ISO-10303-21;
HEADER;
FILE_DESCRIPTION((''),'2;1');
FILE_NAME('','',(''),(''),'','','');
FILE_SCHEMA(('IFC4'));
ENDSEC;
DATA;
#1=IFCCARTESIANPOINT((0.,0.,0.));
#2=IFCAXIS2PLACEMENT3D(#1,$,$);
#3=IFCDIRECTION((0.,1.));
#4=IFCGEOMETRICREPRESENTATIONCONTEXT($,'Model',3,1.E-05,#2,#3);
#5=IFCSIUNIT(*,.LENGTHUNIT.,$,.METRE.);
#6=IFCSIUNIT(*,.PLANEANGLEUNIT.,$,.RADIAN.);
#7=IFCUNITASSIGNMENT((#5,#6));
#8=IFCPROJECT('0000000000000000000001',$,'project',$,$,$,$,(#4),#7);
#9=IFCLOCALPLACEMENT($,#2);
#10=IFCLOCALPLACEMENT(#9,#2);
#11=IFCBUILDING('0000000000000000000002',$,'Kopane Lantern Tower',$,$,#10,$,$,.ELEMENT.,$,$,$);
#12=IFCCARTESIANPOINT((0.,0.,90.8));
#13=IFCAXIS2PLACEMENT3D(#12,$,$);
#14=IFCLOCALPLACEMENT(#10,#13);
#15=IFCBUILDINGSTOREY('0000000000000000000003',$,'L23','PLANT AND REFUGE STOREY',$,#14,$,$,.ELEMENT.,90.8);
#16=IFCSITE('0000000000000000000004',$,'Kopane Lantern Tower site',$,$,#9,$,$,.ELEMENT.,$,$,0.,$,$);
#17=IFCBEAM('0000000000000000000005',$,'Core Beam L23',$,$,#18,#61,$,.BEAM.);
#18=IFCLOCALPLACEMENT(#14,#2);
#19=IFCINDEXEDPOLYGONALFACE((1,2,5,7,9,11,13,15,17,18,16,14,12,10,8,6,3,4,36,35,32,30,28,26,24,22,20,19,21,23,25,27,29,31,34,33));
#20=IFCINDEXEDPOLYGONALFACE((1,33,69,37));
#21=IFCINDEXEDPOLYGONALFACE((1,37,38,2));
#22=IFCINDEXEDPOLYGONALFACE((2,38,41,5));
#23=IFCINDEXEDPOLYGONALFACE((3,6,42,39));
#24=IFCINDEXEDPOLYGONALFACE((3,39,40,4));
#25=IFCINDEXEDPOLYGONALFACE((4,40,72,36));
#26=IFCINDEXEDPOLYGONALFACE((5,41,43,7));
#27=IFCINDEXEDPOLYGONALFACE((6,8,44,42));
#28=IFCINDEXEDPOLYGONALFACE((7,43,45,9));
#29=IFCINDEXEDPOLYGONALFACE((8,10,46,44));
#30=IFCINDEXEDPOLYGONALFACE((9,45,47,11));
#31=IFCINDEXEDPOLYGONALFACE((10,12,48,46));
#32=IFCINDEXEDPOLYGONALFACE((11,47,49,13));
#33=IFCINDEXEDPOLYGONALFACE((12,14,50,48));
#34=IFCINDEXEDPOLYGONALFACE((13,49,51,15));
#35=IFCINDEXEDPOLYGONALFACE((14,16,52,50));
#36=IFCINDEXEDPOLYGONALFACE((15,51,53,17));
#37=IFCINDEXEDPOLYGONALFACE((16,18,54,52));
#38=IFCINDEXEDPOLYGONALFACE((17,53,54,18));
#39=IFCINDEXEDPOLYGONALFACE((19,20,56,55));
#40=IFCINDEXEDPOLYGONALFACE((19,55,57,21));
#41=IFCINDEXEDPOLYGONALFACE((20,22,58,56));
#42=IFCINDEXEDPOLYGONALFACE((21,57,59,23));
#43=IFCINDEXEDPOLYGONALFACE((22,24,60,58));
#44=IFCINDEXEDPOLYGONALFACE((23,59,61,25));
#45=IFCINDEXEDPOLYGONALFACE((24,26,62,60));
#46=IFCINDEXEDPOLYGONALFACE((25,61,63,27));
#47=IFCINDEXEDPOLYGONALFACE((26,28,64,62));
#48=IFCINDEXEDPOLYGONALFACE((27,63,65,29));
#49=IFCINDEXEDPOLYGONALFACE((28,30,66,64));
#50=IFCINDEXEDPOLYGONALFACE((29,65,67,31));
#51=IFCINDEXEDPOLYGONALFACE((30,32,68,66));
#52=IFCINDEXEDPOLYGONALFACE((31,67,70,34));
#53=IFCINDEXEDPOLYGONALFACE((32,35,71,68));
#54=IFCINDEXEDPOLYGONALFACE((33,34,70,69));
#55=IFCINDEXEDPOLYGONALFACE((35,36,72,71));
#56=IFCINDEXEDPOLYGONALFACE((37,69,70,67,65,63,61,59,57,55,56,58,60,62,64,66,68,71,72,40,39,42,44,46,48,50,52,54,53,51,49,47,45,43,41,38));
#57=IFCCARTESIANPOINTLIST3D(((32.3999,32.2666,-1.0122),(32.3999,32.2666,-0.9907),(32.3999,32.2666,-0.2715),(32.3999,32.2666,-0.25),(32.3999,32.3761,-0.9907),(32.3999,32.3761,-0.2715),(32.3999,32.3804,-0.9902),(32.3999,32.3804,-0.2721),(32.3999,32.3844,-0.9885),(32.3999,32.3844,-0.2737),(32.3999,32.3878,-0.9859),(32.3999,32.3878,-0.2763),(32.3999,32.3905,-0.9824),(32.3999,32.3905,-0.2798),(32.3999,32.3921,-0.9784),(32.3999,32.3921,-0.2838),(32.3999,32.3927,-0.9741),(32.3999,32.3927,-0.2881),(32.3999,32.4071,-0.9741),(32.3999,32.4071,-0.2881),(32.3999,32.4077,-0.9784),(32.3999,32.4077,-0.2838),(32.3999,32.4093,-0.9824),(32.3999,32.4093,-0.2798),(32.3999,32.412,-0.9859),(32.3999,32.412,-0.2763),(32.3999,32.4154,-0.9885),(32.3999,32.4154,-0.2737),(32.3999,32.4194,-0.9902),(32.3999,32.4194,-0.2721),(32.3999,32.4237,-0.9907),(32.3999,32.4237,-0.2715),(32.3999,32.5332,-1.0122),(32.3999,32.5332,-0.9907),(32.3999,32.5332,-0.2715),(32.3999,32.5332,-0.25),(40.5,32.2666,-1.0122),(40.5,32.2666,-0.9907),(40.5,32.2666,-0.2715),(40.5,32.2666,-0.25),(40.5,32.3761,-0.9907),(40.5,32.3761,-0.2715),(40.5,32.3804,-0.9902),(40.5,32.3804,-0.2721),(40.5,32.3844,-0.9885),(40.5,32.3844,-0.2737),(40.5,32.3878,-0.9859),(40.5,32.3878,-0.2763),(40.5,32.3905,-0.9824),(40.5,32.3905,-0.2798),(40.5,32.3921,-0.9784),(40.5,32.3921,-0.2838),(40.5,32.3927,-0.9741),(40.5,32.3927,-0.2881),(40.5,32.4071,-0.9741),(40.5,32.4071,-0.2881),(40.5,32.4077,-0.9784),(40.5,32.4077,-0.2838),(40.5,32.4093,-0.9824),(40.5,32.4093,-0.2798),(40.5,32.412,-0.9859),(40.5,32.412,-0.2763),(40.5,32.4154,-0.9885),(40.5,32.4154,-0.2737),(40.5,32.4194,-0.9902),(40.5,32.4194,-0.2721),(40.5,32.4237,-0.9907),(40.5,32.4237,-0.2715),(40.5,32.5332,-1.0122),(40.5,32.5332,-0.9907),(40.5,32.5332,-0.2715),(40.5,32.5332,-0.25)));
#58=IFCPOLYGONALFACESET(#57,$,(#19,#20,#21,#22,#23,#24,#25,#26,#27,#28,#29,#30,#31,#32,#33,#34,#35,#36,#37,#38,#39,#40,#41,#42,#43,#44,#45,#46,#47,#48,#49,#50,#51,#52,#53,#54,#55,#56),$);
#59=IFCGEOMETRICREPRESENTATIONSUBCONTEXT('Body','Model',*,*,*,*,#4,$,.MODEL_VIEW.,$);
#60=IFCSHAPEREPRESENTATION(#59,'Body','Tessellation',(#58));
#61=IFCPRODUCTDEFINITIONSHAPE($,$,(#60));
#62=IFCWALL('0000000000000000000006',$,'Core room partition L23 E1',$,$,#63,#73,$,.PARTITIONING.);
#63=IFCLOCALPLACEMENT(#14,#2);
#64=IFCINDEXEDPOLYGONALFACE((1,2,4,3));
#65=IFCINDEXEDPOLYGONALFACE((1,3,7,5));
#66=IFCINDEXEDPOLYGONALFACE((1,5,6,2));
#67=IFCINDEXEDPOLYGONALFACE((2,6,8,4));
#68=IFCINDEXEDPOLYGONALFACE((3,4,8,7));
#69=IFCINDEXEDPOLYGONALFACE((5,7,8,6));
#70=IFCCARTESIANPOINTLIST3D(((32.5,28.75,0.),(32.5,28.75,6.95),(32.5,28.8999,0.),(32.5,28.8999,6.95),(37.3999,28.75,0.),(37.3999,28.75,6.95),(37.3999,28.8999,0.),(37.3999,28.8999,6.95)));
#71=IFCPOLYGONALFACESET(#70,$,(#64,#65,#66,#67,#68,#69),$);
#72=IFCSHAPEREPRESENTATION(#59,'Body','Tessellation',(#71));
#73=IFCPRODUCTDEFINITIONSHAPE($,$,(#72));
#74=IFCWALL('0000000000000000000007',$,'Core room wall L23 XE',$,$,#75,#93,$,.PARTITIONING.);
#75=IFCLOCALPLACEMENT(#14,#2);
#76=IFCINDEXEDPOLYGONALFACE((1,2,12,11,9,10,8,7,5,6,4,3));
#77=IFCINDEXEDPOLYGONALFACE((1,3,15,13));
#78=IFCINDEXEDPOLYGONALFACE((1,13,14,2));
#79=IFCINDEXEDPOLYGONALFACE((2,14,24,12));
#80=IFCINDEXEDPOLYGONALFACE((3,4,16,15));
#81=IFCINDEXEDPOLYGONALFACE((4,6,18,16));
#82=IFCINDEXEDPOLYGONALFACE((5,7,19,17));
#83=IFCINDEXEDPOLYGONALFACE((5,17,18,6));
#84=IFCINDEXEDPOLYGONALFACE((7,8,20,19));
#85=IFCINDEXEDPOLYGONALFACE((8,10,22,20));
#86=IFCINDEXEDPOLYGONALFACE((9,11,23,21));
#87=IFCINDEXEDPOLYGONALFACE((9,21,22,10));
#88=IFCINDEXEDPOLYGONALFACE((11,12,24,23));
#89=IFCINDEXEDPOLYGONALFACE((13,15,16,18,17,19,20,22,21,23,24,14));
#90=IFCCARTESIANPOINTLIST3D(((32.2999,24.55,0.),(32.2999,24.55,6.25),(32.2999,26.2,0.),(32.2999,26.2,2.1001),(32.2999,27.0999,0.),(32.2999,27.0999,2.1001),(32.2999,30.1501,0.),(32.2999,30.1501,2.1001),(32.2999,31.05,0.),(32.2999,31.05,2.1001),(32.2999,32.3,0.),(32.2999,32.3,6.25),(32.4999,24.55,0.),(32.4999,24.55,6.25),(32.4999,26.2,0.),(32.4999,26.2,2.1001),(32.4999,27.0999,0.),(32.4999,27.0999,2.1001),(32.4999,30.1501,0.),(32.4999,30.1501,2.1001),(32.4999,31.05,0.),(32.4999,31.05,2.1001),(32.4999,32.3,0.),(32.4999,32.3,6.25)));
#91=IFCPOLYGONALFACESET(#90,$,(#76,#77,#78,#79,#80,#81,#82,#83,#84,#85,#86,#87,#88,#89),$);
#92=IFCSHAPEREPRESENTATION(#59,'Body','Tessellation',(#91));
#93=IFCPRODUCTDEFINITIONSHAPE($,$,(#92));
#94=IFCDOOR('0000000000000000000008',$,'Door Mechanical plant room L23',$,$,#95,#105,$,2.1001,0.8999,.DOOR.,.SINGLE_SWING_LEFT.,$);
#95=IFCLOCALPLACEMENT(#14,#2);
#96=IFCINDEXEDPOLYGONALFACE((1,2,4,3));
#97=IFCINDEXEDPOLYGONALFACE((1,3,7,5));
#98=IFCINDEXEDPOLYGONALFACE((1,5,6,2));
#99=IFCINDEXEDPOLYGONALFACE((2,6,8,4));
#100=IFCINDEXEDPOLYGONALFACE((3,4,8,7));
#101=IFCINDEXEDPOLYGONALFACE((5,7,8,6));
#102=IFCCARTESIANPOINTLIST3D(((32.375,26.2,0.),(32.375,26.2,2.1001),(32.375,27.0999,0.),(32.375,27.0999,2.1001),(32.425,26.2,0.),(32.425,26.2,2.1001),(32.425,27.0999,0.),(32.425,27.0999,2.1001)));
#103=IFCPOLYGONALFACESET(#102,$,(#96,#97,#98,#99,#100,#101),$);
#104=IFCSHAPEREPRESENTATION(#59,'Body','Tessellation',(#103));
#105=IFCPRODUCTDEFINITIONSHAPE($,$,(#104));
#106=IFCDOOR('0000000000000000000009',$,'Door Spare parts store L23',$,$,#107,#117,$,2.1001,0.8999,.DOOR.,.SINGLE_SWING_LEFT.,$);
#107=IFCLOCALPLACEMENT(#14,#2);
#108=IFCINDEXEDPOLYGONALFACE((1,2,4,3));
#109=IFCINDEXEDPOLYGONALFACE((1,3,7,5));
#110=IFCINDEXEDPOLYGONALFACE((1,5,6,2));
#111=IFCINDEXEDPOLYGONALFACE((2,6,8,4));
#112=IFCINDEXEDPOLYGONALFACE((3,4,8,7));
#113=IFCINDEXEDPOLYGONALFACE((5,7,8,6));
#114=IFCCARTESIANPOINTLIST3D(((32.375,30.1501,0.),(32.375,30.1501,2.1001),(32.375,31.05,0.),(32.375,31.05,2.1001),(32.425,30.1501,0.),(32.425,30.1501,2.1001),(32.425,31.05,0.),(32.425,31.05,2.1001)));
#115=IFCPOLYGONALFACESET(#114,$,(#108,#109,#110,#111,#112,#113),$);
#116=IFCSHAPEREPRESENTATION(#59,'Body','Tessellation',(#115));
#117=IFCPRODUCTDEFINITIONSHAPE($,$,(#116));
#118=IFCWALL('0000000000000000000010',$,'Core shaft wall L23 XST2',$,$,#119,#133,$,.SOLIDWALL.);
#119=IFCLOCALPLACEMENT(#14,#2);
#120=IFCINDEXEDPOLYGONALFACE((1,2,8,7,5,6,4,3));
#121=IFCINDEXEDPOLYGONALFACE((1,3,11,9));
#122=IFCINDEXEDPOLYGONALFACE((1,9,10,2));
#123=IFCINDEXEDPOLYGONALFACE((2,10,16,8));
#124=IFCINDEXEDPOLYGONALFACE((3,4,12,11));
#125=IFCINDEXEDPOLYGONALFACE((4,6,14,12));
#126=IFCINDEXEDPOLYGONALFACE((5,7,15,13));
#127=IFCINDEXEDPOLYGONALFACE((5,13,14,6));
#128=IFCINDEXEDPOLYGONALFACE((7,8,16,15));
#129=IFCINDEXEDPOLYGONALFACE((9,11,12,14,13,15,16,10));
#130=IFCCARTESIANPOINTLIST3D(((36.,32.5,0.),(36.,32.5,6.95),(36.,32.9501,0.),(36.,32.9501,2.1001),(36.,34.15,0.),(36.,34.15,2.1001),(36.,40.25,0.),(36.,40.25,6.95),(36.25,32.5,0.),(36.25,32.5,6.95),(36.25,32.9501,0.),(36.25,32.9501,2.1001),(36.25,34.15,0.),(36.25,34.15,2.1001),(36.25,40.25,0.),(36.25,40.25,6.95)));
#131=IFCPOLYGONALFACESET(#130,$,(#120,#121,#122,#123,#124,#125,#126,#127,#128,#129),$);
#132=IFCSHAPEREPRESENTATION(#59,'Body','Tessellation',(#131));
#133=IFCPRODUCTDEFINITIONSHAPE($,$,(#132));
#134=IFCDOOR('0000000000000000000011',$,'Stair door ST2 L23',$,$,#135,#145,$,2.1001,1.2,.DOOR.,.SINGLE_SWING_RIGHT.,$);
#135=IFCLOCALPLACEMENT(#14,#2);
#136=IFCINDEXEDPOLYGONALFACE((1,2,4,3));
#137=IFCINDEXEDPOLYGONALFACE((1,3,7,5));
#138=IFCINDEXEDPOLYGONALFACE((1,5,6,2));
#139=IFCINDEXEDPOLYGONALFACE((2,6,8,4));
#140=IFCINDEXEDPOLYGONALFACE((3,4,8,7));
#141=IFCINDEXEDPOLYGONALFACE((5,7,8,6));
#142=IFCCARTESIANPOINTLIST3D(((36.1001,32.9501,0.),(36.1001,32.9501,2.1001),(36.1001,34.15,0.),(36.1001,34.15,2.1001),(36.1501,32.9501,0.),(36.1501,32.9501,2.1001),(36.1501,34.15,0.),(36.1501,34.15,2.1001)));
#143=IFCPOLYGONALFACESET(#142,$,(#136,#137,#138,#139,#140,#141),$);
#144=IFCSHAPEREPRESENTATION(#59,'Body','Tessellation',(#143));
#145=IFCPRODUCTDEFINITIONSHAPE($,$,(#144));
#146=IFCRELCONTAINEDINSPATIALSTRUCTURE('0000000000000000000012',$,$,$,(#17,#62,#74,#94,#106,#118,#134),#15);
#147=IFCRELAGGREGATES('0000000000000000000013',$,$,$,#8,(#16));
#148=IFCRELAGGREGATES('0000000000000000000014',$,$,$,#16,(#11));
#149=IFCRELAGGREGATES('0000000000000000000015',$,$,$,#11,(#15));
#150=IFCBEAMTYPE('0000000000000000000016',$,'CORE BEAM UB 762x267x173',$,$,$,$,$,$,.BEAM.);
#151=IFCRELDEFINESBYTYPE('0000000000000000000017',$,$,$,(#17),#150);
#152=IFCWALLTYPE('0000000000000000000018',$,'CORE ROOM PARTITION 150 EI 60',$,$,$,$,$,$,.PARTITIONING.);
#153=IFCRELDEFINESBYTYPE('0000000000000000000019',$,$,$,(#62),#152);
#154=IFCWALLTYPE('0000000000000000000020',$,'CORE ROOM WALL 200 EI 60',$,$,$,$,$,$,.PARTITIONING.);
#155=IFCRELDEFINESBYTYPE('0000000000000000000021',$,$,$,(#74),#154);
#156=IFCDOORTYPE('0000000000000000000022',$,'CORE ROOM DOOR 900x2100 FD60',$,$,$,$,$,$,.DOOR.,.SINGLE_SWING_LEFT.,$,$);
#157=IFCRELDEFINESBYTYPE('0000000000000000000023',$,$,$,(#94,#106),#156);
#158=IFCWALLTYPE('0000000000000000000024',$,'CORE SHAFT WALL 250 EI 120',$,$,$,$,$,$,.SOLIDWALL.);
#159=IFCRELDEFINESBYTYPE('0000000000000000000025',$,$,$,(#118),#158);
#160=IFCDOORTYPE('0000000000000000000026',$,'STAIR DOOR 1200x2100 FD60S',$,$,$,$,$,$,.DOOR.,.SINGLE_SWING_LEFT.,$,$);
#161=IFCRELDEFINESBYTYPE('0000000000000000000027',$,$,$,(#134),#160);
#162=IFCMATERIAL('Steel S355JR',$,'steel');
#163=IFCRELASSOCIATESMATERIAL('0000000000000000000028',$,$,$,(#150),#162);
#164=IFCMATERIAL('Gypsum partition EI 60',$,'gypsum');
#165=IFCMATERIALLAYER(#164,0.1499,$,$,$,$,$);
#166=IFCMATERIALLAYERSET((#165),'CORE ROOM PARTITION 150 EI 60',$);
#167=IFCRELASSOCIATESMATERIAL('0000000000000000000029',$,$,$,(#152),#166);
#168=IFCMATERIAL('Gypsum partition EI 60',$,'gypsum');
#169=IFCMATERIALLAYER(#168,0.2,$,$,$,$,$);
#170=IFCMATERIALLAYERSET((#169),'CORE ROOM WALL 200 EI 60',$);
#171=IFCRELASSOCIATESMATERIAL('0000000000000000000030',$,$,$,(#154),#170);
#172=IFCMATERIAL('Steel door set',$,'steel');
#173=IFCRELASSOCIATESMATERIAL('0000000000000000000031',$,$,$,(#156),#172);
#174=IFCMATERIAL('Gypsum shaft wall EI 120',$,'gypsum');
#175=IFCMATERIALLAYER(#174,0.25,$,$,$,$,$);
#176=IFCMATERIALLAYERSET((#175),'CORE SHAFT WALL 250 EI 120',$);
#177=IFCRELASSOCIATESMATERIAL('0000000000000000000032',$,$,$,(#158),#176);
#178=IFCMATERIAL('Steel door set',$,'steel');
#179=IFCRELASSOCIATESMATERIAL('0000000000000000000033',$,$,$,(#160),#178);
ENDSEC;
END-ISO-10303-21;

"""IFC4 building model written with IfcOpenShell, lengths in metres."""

from ifc_helpers import new_model, si_unit, direction, frame, frame_2d, origin, origin_2d, place, context, subcontext, project, spatial, rectangle, i_section, extrude, material, layer, layer_set, material_profile, profile_set, type_object, element, fill, save


model = new_model("IFC4")

# Units and contexts
model_context = context("Model", 3, precision=1e-05, world=origin(), true_north=direction((0.0, 1.0)))
body_context = subcontext(model_context, "Body", "Model", "MODEL_VIEW")
ifc_project = project(units=[si_unit("LENGTHUNIT", "METRE"), si_unit("PLANEANGLEUNIT", "RADIAN")], contexts=[model_context])

# Site, building, storey
site_placement = place(None, origin())
site = spatial("IfcSite", under=ifc_project, at=site_placement, Name="Kopane Lantern Tower site", CompositionType="ELEMENT", RefElevation=0.0)
building_placement = place(site_placement, origin())
building = spatial("IfcBuilding", under=site, at=building_placement, Name="Kopane Lantern Tower", CompositionType="ELEMENT")
storey_placement = place(building_placement, frame((0.0, 0.0, 90.8)))
storey = spatial("IfcBuildingStorey", under=building, at=storey_placement, Name="L23", Description="PLANT AND REFUGE STOREY", CompositionType="ELEMENT", Elevation=90.8)

# Beam
ifc_material_1 = material(Name="Steel S355JR", Category="steel")
ifc_material_profile_1 = material_profile(ifc_material_1, i_section(OverallWidth=0.2666, OverallDepth=0.7622, WebThickness=0.0144, FlangeThickness=0.0215, FilletRadius=0.0166, at=origin_2d()), Name="UB 762x267x173")
ifc_profile_set_1 = profile_set([ifc_material_profile_1], Name="Steel S355JR")
beam_type = type_object("IfcBeamType", Name="CORE BEAM UB 762x267x173", PredefinedType="BEAM", material=ifc_profile_set_1)
for number, where, z_axis, x_axis, name in (
    (1, (32.3999, 32.3999, -0.6311), (1.0, 0.0, 0.0), (0.0, 1.0, 0.0), "Core Beam L23"),
):
    element("IfcBeam", number, at=place(storey_placement, frame(where, z_axis=z_axis, x_axis=x_axis)), inside=storey, type_object=beam_type, Name=name, PredefinedType="BEAM", context=body_context, shape_type="SweptSolid", body=[
        extrude(i_section(OverallWidth=0.2666, OverallDepth=0.7622, WebThickness=0.0144, FlangeThickness=0.0215, FilletRadius=0.0166, at=origin_2d()), origin(), (0.0, 0.0, 1.0), 8.1001),
    ])

# Wall
ifc_material_2 = material(Name="Gypsum partition EI 60", Category="gypsum")
ifc_layer_1 = layer(ifc_material_2, 0.1499)
ifc_layer_set_1 = layer_set([ifc_layer_1], Name="CORE ROOM PARTITION 150 EI 60")
wall_type_1 = type_object("IfcWallType", Name="CORE ROOM PARTITION 150 EI 60", PredefinedType="PARTITIONING", material=ifc_layer_set_1)
wall_1_placement = place(storey_placement, frame((32.5, 28.825, 0.0), z_axis=(0.0, 0.0, 1.0), x_axis=(1.0, 0.0, 0.0)))
element("IfcWall", 2, at=wall_1_placement, inside=storey, type_object=wall_type_1, Name="Core room partition L23 E1", PredefinedType="PARTITIONING", context=body_context, shape_type="SweptSolid", body=[
    extrude(rectangle(XDim=4.8999, YDim=0.1499, at=frame_2d((2.45, 0.0))), origin(), (0.0, 0.0, 1.0), 6.95),
])

# Wall, openings, doors
ifc_material_3 = material(Name="Gypsum partition EI 60", Category="gypsum")
ifc_layer_2 = layer(ifc_material_3, 0.2)
ifc_layer_set_2 = layer_set([ifc_layer_2], Name="CORE ROOM WALL 200 EI 60")
wall_type_2 = type_object("IfcWallType", Name="CORE ROOM WALL 200 EI 60", PredefinedType="PARTITIONING", material=ifc_layer_set_2)
wall_2_placement = place(storey_placement, frame((32.3999, 24.55, 0.0), z_axis=(0.0, 0.0, 1.0), x_axis=(0.0, 1.0, 0.0)))
wall_2 = element("IfcWall", 3, at=wall_2_placement, inside=storey, type_object=wall_type_2, Name="Core room wall L23 XE", PredefinedType="PARTITIONING", context=body_context, shape_type="SweptSolid", body=[
    extrude(rectangle(XDim=7.75, YDim=0.2, at=frame_2d((3.875, 0.0))), origin(), (0.0, 0.0, 1.0), 6.25),
])
opening_1_placement = place(wall_2_placement, frame((1.6499, 0.0, 0.0)))
opening_1 = element("IfcOpeningElement", 4, at=opening_1_placement, cuts=wall_2, PredefinedType="OPENING", context=body_context, shape_type="SweptSolid", body=[
    extrude(rectangle(XDim=0.8999, YDim=2.1001, at=frame_2d((0.45, 1.05))), frame((0.0, 0.1099, 0.0), z_axis=(0.0, -1.0, 0.0), x_axis=(1.0, 0.0, 0.0)), (0.0, 0.0, 1.0), 0.22),
])
opening_2_placement = place(wall_2_placement, frame((5.6001, 0.0, 0.0)))
opening_2 = element("IfcOpeningElement", 5, at=opening_2_placement, cuts=wall_2, PredefinedType="OPENING", context=body_context, shape_type="SweptSolid", body=[
    extrude(rectangle(XDim=0.8999, YDim=2.1001, at=frame_2d((0.45, 1.05))), frame((0.0, 0.1099, 0.0), z_axis=(0.0, -1.0, 0.0), x_axis=(1.0, 0.0, 0.0)), (0.0, 0.0, 1.0), 0.22),
])
ifc_material_4 = material(Name="Steel door set", Category="steel")
door_type_1 = type_object("IfcDoorType", Name="CORE ROOM DOOR 900x2100 FD60", OperationType="SINGLE_SWING_LEFT", PredefinedType="DOOR", material=ifc_material_4)
door_1_placement = place(opening_1_placement, origin())
door_1 = element("IfcDoor", 6, at=door_1_placement, inside=storey, type_object=door_type_1, Name="Door Mechanical plant room L23", OperationType="SINGLE_SWING_LEFT", OverallHeight=2.1001, OverallWidth=0.8999, PredefinedType="DOOR", context=body_context, shape_type="SweptSolid", body=[
    extrude(rectangle(XDim=0.8999, YDim=2.1001, at=frame_2d((0.45, 1.05))), frame((0.0, 0.0249, 0.0), z_axis=(0.0, -1.0, 0.0), x_axis=(1.0, 0.0, 0.0)), (0.0, 0.0, 1.0), 0.05),
])
fill(opening_1, door_1)
door_2_placement = place(opening_2_placement, origin())
door_2 = element("IfcDoor", 7, at=door_2_placement, inside=storey, type_object=door_type_1, Name="Door Spare parts store L23", OperationType="SINGLE_SWING_LEFT", OverallHeight=2.1001, OverallWidth=0.8999, PredefinedType="DOOR", context=body_context, shape_type="SweptSolid", body=[
    extrude(rectangle(XDim=0.8999, YDim=2.1001, at=frame_2d((0.45, 1.05))), frame((0.0, 0.0249, 0.0), z_axis=(0.0, -1.0, 0.0), x_axis=(1.0, 0.0, 0.0)), (0.0, 0.0, 1.0), 0.05),
])
fill(opening_2, door_2)

# Wall, opening, door
ifc_material_5 = material(Name="Gypsum shaft wall EI 120", Category="gypsum")
ifc_layer_3 = layer(ifc_material_5, 0.25)
ifc_layer_set_3 = layer_set([ifc_layer_3], Name="CORE SHAFT WALL 250 EI 120")
wall_type_3 = type_object("IfcWallType", Name="CORE SHAFT WALL 250 EI 120", PredefinedType="SOLIDWALL", material=ifc_layer_set_3)
wall_3_placement = place(storey_placement, frame((36.125, 32.5, 0.0), z_axis=(0.0, 0.0, 1.0), x_axis=(0.0, 1.0, 0.0)))
wall_3 = element("IfcWall", 8, at=wall_3_placement, inside=storey, type_object=wall_type_3, Name="Core shaft wall L23 XST2", PredefinedType="SOLIDWALL", context=body_context, shape_type="SweptSolid", body=[
    extrude(rectangle(XDim=7.75, YDim=0.25, at=frame_2d((3.875, 0.0))), origin(), (0.0, 0.0, 1.0), 6.95),
])
opening_3_placement = place(wall_3_placement, frame((0.45, 0.0, 0.0)))
opening_3 = element("IfcOpeningElement", 9, at=opening_3_placement, cuts=wall_3, PredefinedType="OPENING", context=body_context, shape_type="SweptSolid", body=[
    extrude(rectangle(XDim=1.2, YDim=2.1001, at=frame_2d((0.6001, 1.05))), frame((0.0, 0.135, 0.0), z_axis=(0.0, -1.0, 0.0), x_axis=(1.0, 0.0, 0.0)), (0.0, 0.0, 1.0), 0.27),
])
ifc_material_6 = material(Name="Steel door set", Category="steel")
door_type_2 = type_object("IfcDoorType", Name="STAIR DOOR 1200x2100 FD60S", OperationType="SINGLE_SWING_LEFT", PredefinedType="DOOR", material=ifc_material_6)
door_3_placement = place(opening_3_placement, origin())
door_3 = element("IfcDoor", 10, at=door_3_placement, inside=storey, type_object=door_type_2, Name="Stair door ST2 L23", OperationType="SINGLE_SWING_RIGHT", OverallHeight=2.1001, OverallWidth=1.2, PredefinedType="DOOR", context=body_context, shape_type="SweptSolid", body=[
    extrude(rectangle(XDim=1.2, YDim=2.1001, at=frame_2d((0.6001, 1.05))), frame((0.0, 0.0249, 0.0), z_axis=(0.0, -1.0, 0.0), x_axis=(1.0, 0.0, 0.0)), (0.0, 0.0, 1.0), 0.05),
])
fill(opening_3, door_3)

save(model, "model.ifc")
